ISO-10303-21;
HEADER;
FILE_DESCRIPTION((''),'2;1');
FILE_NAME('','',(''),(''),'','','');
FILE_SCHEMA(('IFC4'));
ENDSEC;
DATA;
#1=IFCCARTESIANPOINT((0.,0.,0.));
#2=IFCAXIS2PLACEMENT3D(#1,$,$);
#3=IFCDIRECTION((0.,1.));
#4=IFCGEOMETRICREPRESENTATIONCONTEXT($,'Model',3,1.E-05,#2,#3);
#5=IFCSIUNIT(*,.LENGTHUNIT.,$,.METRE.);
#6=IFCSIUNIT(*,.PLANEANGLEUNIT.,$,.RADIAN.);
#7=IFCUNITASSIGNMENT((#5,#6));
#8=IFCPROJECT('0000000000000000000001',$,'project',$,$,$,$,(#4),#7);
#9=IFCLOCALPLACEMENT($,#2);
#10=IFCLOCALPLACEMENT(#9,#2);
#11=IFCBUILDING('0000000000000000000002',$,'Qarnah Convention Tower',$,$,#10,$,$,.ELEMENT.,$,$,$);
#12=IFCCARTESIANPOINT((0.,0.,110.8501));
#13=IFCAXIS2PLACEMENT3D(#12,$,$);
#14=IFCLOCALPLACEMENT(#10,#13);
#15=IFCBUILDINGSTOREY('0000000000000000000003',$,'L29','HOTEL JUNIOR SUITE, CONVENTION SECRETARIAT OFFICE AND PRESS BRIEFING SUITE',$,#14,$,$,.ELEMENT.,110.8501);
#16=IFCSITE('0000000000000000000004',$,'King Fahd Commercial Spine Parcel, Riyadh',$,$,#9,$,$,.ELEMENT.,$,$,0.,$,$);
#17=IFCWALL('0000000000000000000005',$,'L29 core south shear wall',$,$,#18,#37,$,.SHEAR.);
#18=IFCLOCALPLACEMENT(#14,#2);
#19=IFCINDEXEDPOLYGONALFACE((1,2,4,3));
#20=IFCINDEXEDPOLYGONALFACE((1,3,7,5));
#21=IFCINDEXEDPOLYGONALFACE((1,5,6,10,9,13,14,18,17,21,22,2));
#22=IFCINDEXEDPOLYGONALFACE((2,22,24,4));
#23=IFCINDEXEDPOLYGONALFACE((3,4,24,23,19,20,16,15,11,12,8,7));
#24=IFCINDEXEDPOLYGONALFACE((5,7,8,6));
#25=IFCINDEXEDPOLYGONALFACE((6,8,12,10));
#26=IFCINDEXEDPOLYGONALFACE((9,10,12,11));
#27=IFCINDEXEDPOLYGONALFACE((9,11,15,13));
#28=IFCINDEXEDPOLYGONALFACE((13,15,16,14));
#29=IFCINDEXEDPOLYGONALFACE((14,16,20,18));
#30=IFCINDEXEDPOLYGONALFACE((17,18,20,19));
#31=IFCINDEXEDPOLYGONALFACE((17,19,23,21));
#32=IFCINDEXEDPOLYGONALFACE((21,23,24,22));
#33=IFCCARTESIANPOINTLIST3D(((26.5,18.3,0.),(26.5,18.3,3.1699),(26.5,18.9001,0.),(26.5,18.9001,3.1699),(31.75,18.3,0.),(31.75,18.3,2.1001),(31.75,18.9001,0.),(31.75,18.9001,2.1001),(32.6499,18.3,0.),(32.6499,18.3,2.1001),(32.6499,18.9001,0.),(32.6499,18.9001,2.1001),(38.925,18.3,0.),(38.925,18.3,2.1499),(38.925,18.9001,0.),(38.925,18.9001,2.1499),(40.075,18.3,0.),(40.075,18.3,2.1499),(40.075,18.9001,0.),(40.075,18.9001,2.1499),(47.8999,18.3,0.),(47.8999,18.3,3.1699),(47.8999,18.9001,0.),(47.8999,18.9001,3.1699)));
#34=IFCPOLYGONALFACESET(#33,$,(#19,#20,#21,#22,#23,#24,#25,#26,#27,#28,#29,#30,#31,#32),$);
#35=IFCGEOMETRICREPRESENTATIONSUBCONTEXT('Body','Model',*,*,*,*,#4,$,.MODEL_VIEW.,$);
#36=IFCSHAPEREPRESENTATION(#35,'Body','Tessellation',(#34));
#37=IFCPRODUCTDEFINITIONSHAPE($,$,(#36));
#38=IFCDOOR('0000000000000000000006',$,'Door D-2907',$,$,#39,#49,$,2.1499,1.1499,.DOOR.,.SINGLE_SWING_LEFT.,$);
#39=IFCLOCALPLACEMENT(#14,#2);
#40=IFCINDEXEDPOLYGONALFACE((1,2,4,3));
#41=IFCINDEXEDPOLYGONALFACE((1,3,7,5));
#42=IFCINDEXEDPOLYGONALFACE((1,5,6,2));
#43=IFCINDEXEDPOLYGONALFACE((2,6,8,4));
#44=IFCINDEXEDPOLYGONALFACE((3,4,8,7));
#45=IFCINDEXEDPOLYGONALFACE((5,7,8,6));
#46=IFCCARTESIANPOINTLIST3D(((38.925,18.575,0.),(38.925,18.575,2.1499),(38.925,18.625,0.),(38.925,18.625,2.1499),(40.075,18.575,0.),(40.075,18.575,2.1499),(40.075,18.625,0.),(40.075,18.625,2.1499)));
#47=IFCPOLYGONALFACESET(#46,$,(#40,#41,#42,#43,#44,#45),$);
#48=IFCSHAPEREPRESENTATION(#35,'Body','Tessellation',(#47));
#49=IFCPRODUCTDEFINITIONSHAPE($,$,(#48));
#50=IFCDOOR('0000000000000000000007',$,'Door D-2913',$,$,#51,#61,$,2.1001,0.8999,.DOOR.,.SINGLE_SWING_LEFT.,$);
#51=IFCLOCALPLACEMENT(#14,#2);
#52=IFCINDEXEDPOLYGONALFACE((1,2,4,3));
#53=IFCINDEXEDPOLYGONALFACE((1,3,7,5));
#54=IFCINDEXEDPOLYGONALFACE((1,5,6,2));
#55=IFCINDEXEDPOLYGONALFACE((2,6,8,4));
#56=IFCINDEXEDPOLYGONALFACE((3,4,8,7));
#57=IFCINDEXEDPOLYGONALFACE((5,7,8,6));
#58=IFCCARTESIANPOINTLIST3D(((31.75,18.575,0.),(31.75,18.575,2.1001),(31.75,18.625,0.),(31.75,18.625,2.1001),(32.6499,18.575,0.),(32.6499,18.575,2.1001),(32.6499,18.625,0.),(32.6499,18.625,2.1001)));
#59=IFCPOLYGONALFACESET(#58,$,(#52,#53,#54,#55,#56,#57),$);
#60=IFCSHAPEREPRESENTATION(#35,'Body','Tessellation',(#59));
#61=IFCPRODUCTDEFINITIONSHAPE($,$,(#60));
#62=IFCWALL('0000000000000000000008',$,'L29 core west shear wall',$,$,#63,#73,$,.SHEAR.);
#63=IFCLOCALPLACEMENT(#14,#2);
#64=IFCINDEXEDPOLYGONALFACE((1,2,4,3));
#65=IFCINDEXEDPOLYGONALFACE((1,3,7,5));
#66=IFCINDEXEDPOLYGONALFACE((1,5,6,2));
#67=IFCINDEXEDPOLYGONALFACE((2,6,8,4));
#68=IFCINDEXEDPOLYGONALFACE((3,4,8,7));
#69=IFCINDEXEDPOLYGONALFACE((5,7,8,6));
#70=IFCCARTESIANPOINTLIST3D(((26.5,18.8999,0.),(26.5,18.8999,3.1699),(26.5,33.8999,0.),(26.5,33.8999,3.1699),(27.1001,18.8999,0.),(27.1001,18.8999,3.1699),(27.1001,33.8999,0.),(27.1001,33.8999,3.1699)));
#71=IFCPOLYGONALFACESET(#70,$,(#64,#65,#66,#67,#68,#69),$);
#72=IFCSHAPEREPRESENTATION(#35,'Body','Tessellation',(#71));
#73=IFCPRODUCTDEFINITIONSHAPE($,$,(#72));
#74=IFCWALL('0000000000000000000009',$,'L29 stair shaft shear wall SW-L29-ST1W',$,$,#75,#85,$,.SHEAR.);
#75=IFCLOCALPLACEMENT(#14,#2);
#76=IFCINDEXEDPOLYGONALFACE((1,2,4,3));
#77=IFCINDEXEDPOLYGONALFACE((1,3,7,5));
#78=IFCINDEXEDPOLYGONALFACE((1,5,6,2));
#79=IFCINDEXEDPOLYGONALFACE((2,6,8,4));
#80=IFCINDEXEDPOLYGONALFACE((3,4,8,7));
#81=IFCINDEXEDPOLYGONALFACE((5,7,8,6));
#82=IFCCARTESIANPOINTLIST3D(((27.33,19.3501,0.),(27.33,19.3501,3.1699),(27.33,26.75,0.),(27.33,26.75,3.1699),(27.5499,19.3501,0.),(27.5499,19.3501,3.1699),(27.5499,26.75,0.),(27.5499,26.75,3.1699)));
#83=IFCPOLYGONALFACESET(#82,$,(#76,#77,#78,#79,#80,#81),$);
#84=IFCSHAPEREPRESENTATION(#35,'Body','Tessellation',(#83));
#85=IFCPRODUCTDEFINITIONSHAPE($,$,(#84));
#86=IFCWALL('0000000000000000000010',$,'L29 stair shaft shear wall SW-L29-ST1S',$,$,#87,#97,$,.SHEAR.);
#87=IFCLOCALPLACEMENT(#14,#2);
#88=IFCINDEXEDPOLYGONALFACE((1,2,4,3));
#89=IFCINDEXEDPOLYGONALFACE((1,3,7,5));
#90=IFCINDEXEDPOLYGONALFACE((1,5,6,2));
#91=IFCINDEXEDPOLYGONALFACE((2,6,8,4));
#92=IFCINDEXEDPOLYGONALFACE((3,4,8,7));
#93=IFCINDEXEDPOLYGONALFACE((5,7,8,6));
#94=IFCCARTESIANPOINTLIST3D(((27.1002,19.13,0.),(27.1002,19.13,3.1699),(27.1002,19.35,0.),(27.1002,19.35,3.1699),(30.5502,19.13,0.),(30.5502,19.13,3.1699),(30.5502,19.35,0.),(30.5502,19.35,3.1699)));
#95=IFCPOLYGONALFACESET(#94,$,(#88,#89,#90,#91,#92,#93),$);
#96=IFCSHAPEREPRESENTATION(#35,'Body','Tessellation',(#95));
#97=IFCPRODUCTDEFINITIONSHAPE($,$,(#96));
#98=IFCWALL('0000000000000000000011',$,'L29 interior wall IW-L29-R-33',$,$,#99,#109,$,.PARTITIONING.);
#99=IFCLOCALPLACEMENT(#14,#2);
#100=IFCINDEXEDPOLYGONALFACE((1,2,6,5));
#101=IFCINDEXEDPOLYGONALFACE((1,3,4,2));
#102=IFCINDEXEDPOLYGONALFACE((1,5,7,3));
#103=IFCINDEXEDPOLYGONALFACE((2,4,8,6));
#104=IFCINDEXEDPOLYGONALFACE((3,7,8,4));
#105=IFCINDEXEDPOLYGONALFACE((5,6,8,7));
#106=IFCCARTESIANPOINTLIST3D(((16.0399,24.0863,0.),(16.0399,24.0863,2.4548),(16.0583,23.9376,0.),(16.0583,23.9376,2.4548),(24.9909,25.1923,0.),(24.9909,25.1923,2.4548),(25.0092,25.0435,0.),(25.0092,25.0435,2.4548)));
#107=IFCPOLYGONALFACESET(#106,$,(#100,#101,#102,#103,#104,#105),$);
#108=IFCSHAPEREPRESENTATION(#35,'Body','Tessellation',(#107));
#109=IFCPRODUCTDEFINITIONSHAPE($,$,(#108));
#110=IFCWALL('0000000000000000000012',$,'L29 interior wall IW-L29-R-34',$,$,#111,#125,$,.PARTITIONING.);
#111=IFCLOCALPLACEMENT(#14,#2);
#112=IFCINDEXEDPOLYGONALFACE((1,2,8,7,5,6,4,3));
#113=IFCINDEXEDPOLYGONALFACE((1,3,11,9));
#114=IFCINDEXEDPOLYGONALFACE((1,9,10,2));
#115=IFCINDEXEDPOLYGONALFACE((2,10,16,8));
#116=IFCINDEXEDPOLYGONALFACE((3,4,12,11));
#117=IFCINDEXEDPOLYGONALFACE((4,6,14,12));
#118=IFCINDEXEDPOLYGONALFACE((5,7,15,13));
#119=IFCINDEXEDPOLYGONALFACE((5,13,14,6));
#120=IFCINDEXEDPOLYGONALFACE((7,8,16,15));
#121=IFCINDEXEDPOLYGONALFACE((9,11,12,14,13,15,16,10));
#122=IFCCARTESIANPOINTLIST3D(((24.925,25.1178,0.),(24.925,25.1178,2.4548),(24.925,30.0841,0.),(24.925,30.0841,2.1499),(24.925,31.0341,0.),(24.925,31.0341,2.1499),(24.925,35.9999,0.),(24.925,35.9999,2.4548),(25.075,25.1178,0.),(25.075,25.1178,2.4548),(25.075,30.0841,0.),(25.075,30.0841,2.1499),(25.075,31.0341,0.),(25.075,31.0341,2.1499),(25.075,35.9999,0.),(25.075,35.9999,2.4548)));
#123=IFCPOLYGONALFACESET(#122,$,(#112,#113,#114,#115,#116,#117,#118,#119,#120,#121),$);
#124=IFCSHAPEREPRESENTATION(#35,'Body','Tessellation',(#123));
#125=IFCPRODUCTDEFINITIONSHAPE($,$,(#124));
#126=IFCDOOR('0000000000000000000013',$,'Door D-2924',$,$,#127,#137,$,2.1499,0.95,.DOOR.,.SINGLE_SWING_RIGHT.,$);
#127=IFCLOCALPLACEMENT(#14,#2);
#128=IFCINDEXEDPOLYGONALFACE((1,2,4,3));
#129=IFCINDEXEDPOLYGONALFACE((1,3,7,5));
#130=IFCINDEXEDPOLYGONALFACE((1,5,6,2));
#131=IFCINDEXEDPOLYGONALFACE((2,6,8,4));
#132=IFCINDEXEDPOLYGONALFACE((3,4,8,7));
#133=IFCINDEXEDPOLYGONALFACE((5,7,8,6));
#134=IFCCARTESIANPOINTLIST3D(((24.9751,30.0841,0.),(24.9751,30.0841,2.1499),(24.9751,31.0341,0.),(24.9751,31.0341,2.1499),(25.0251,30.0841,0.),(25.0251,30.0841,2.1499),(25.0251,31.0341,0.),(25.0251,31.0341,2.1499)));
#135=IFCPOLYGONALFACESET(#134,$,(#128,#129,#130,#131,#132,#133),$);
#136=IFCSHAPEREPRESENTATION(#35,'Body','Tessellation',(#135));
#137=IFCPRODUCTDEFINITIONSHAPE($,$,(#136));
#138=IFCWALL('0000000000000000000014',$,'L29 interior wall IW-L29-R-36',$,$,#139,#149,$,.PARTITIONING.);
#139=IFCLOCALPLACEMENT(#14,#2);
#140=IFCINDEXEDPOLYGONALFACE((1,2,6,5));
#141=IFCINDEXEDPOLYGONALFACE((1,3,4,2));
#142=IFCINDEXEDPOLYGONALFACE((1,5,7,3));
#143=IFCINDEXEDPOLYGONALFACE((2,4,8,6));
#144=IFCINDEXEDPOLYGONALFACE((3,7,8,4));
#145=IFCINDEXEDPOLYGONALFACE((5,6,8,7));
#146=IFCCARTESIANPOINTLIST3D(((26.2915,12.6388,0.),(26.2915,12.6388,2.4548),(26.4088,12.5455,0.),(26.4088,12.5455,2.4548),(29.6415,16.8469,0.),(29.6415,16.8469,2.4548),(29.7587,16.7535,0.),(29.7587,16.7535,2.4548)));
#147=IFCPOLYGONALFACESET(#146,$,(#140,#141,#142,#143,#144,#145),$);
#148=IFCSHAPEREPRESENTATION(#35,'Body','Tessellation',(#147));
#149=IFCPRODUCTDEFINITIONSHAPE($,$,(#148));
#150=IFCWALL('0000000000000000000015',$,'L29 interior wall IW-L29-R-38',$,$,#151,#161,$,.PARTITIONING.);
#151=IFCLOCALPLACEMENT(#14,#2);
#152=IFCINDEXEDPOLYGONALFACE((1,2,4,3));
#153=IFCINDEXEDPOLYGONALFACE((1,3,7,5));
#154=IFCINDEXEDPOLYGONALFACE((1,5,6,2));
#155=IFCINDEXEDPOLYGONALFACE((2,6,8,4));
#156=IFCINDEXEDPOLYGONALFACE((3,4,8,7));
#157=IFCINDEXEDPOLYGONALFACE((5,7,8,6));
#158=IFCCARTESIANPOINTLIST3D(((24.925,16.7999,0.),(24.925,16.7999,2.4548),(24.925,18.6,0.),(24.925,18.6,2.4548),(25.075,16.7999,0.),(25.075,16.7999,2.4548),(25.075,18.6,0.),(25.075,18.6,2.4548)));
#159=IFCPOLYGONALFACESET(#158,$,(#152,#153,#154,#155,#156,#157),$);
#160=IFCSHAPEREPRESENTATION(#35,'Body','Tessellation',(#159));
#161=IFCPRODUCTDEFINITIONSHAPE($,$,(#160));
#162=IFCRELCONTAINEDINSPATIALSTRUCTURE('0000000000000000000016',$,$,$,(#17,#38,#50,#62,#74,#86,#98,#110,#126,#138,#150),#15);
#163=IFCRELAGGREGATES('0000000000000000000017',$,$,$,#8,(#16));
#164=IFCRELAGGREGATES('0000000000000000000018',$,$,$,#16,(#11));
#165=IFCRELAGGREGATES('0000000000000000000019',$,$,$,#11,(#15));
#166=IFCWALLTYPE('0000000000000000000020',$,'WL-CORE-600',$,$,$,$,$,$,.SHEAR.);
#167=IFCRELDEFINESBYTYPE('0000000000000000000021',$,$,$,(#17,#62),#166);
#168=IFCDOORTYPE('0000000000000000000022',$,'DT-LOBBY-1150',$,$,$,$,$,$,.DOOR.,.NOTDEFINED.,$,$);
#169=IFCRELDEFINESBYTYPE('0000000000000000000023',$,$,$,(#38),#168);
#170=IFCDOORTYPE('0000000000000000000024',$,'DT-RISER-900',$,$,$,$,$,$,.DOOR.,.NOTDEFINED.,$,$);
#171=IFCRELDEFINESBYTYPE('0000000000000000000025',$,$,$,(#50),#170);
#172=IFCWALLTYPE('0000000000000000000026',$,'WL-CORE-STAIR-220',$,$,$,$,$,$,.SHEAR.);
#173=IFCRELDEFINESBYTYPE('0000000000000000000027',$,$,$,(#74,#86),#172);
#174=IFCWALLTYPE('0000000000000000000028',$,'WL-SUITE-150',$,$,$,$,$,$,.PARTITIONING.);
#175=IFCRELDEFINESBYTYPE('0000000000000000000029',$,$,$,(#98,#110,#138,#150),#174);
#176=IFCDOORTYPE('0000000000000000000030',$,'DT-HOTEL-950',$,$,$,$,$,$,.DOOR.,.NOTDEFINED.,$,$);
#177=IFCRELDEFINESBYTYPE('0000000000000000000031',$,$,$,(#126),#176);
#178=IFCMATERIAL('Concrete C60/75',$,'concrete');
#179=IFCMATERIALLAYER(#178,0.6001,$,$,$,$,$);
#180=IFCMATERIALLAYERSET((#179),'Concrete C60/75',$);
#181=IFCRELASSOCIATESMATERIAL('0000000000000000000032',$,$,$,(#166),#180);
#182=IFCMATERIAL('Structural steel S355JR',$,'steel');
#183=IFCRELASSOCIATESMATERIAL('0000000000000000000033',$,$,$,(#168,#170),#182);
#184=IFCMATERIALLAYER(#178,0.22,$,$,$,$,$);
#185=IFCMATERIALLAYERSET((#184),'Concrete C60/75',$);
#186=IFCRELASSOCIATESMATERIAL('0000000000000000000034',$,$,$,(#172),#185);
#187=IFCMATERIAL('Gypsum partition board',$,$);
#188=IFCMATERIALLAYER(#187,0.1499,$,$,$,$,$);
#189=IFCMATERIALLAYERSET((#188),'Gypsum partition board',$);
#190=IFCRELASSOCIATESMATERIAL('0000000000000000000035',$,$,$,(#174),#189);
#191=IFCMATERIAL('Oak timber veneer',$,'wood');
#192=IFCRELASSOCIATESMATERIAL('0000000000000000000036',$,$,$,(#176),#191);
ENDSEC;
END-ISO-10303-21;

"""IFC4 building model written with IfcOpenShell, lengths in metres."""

from ifc_helpers import new_model, si_unit, direction, frame, frame_2d, origin, place, context, subcontext, project, spatial, rectangle, extrude, material, layer, layer_set, type_object, element, fill, save


model = new_model("IFC4")

# Units and contexts
model_context = context("Model", 3, precision=1e-05, world=origin(), true_north=direction((0.0, 1.0)))
body_context = subcontext(model_context, "Body", "Model", "MODEL_VIEW")
ifc_project = project(units=[si_unit("LENGTHUNIT", "METRE"), si_unit("PLANEANGLEUNIT", "RADIAN")], contexts=[model_context])

# Site, building, storey
site_placement = place(None, origin())
site = spatial("IfcSite", under=ifc_project, at=site_placement, Name="King Fahd Commercial Spine Parcel, Riyadh", CompositionType="ELEMENT", RefElevation=0.0)
building_placement = place(site_placement, origin())
building = spatial("IfcBuilding", under=site, at=building_placement, Name="Qarnah Convention Tower", CompositionType="ELEMENT")
storey_placement = place(building_placement, frame((0.0, 0.0, 110.8501)))
storey = spatial("IfcBuildingStorey", under=building, at=storey_placement, Name="L29", Description="HOTEL JUNIOR SUITE, CONVENTION SECRETARIAT OFFICE AND PRESS BRIEFING SUITE", CompositionType="ELEMENT", Elevation=110.8501)

# Shared definitions
ifc_material_1 = material(Name="Concrete C60/75", Category="concrete")

# Shared definitions
ifc_material_2 = material(Name="Structural steel S355JR", Category="steel")

# Wall, openings, doors
ifc_layer_1 = layer(ifc_material_1, 0.6001)
ifc_layer_set_1 = layer_set([ifc_layer_1], Name="Concrete C60/75")
wall_type_1 = type_object("IfcWallType", Name="WL-CORE-600", PredefinedType="SHEAR", material=ifc_layer_set_1)
wall_1_placement = place(storey_placement, frame((26.5, 18.6001, 0.0), z_axis=(0.0, 0.0, 1.0), x_axis=(1.0, 0.0, 0.0)))
wall_1 = element("IfcWall", 1, at=wall_1_placement, inside=storey, type_object=wall_type_1, Name="L29 core south shear wall", PredefinedType="SHEAR", context=body_context, shape_type="SweptSolid", body=[
    extrude(rectangle(XDim=21.3999, YDim=0.6001, at=frame_2d((10.7, 0.0))), origin(), (0.0, 0.0, 1.0), 3.1699),
])
opening_1_placement = place(wall_1_placement, frame((12.425, 0.0, 0.0)))
opening_1 = element("IfcOpeningElement", 2, at=opening_1_placement, cuts=wall_1, PredefinedType="OPENING", context=body_context, shape_type="SweptSolid", body=[
    extrude(rectangle(XDim=1.1499, YDim=2.1499, at=frame_2d((0.575, 1.075))), frame((0.0, 0.3101, 0.0), z_axis=(0.0, -1.0, 0.0), x_axis=(1.0, 0.0, 0.0)), (0.0, 0.0, 1.0), 0.6201),
])
opening_2_placement = place(wall_1_placement, frame((5.25, 0.0, 0.0)))
opening_2 = element("IfcOpeningElement", 3, at=opening_2_placement, cuts=wall_1, PredefinedType="OPENING", context=body_context, shape_type="SweptSolid", body=[
    extrude(rectangle(XDim=0.8999, YDim=2.1001, at=frame_2d((0.45, 1.05))), frame((0.0, 0.3101, 0.0), z_axis=(0.0, -1.0, 0.0), x_axis=(1.0, 0.0, 0.0)), (0.0, 0.0, 1.0), 0.6201),
])
door_type_1 = type_object("IfcDoorType", Name="DT-LOBBY-1150", OperationType="NOTDEFINED", PredefinedType="DOOR", material=ifc_material_2)
door_1_placement = place(opening_1_placement, origin())
door_1 = element("IfcDoor", 4, at=door_1_placement, inside=storey, type_object=door_type_1, Name="Door D-2907", OperationType="SINGLE_SWING_LEFT", OverallHeight=2.1499, OverallWidth=1.1499, PredefinedType="DOOR", context=body_context, shape_type="SweptSolid", body=[
    extrude(rectangle(XDim=1.1499, YDim=2.1499, at=frame_2d((0.575, 1.075))), frame((0.0, 0.0249, 0.0), z_axis=(0.0, -1.0, 0.0), x_axis=(1.0, 0.0, 0.0)), (0.0, 0.0, 1.0), 0.05),
])
fill(opening_1, door_1)
door_type_2 = type_object("IfcDoorType", Name="DT-RISER-900", OperationType="NOTDEFINED", PredefinedType="DOOR", material=ifc_material_2)
door_2_placement = place(opening_2_placement, origin())
door_2 = element("IfcDoor", 5, at=door_2_placement, inside=storey, type_object=door_type_2, Name="Door D-2913", OperationType="SINGLE_SWING_LEFT", OverallHeight=2.1001, OverallWidth=0.8999, PredefinedType="DOOR", context=body_context, shape_type="SweptSolid", body=[
    extrude(rectangle(XDim=0.8999, YDim=2.1001, at=frame_2d((0.45, 1.05))), frame((0.0, 0.0249, 0.0), z_axis=(0.0, -1.0, 0.0), x_axis=(1.0, 0.0, 0.0)), (0.0, 0.0, 1.0), 0.05),
])
fill(opening_2, door_2)

# Walls
wall_2_placement = place(storey_placement, frame((26.8, 18.8999, 0.0), z_axis=(0.0, 0.0, 1.0), x_axis=(0.0, 1.0, 0.0)))
element("IfcWall", 6, at=wall_2_placement, inside=storey, type_object=wall_type_1, Name="L29 core west shear wall", PredefinedType="SHEAR", context=body_context, shape_type="SweptSolid", body=[
    extrude(rectangle(XDim=15.0, YDim=0.6001, at=frame_2d((7.5, 0.0))), origin(), (0.0, 0.0, 1.0), 3.1699),
])
ifc_layer_2 = layer(ifc_material_1, 0.22)
ifc_layer_set_2 = layer_set([ifc_layer_2], Name="Concrete C60/75")
wall_type_2 = type_object("IfcWallType", Name="WL-CORE-STAIR-220", PredefinedType="SHEAR", material=ifc_layer_set_2)
wall_3_placement = place(storey_placement, frame((27.4399, 19.3501, 0.0), z_axis=(0.0, 0.0, 1.0), x_axis=(0.0, 1.0, 0.0)))
element("IfcWall", 7, at=wall_3_placement, inside=storey, type_object=wall_type_2, Name="L29 stair shaft shear wall SW-L29-ST1W", PredefinedType="SHEAR", context=body_context, shape_type="SweptSolid", body=[
    extrude(rectangle(XDim=7.3999, YDim=0.22, at=frame_2d((3.7, 0.0))), origin(), (0.0, 0.0, 1.0), 3.1699),
])
wall_4_placement = place(storey_placement, frame((27.1001, 19.24, 0.0), z_axis=(0.0, 0.0, 1.0), x_axis=(1.0, 0.0, 0.0)))
element("IfcWall", 8, at=wall_4_placement, inside=storey, type_object=wall_type_2, Name="L29 stair shaft shear wall SW-L29-ST1S", PredefinedType="SHEAR", context=body_context, shape_type="SweptSolid", body=[
    extrude(rectangle(XDim=3.45, YDim=0.22, at=frame_2d((1.7251, 0.0))), origin(), (0.0, 0.0, 1.0), 3.1699),
])
ifc_material_3 = material(Name="Gypsum partition board")
ifc_layer_3 = layer(ifc_material_3, 0.1499)
ifc_layer_set_3 = layer_set([ifc_layer_3], Name="Gypsum partition board")
wall_type_3 = type_object("IfcWallType", Name="WL-SUITE-150", PredefinedType="PARTITIONING", material=ifc_layer_set_3)
wall_5_placement = place(storey_placement, frame((16.0491, 24.012, 0.0), z_axis=(0.0, 0.0, 1.0), x_axis=(0.992453, 0.122625, 0.0)))
element("IfcWall", 9, at=wall_5_placement, inside=storey, type_object=wall_type_3, Name="L29 interior wall IW-L29-R-33", PredefinedType="PARTITIONING", context=body_context, shape_type="SweptSolid", body=[
    extrude(rectangle(XDim=9.019, YDim=0.1499, at=frame_2d((4.5095, 0.0))), origin(), (0.0, 0.0, 1.0), 2.4548),
])

# Wall, opening, door
wall_6_placement = place(storey_placement, frame((25.0, 25.1179, 0.0), z_axis=(0.0, 0.0, 1.0), x_axis=(0.0, 1.0, 0.0)))
wall_6 = element("IfcWall", 10, at=wall_6_placement, inside=storey, type_object=wall_type_3, Name="L29 interior wall IW-L29-R-34", PredefinedType="PARTITIONING", context=body_context, shape_type="SweptSolid", body=[
    extrude(rectangle(XDim=10.8821, YDim=0.1499, at=frame_2d((5.4409, 0.0))), origin(), (0.0, 0.0, 1.0), 2.4548),
])
opening_3_placement = place(wall_6_placement, frame((4.9661, 0.0, 0.0)))
opening_3 = element("IfcOpeningElement", 11, at=opening_3_placement, cuts=wall_6, PredefinedType="OPENING", context=body_context, shape_type="SweptSolid", body=[
    extrude(rectangle(XDim=0.95, YDim=2.1499, at=frame_2d((0.4751, 1.075))), frame((0.0, 0.085, 0.0), z_axis=(0.0, -1.0, 0.0), x_axis=(1.0, 0.0, 0.0)), (0.0, 0.0, 1.0), 0.1699),
])
ifc_material_4 = material(Name="Oak timber veneer", Category="wood")
door_type_3 = type_object("IfcDoorType", Name="DT-HOTEL-950", OperationType="NOTDEFINED", PredefinedType="DOOR", material=ifc_material_4)
door_3_placement = place(opening_3_placement, origin())
door_3 = element("IfcDoor", 12, at=door_3_placement, inside=storey, type_object=door_type_3, Name="Door D-2924", OperationType="SINGLE_SWING_RIGHT", OverallHeight=2.1499, OverallWidth=0.95, PredefinedType="DOOR", context=body_context, shape_type="SweptSolid", body=[
    extrude(rectangle(XDim=0.95, YDim=2.1499, at=frame_2d((0.4751, 1.075))), frame((0.0, 0.0249, 0.0), z_axis=(0.0, -1.0, 0.0), x_axis=(1.0, 0.0, 0.0)), (0.0, 0.0, 1.0), 0.05),
])
fill(opening_3, door_3)

# Walls
wall_7_placement = place(storey_placement, frame((26.3501, 12.592, 0.0), z_axis=(0.0, 0.0, 1.0), x_axis=(0.622817, 0.782368, 0.0)))
element("IfcWall", 13, at=wall_7_placement, inside=storey, type_object=wall_type_3, Name="L29 interior wall IW-L29-R-36", PredefinedType="PARTITIONING", context=body_context, shape_type="SweptSolid", body=[
    extrude(rectangle(XDim=5.3787, YDim=0.1499, at=frame_2d((2.6895, 0.0))), origin(), (0.0, 0.0, 1.0), 2.4548),
])
wall_8_placement = place(storey_placement, frame((25.0, 16.8, 0.0), z_axis=(0.0, 0.0, 1.0), x_axis=(0.0, 1.0, 0.0)))
element("IfcWall", 14, at=wall_8_placement, inside=storey, type_object=wall_type_3, Name="L29 interior wall IW-L29-R-38", PredefinedType="PARTITIONING", context=body_context, shape_type="SweptSolid", body=[
    extrude(rectangle(XDim=1.8, YDim=0.1499, at=frame_2d((0.8999, 0.0))), origin(), (0.0, 0.0, 1.0), 2.4548),
])

save(model, "model.ifc")
